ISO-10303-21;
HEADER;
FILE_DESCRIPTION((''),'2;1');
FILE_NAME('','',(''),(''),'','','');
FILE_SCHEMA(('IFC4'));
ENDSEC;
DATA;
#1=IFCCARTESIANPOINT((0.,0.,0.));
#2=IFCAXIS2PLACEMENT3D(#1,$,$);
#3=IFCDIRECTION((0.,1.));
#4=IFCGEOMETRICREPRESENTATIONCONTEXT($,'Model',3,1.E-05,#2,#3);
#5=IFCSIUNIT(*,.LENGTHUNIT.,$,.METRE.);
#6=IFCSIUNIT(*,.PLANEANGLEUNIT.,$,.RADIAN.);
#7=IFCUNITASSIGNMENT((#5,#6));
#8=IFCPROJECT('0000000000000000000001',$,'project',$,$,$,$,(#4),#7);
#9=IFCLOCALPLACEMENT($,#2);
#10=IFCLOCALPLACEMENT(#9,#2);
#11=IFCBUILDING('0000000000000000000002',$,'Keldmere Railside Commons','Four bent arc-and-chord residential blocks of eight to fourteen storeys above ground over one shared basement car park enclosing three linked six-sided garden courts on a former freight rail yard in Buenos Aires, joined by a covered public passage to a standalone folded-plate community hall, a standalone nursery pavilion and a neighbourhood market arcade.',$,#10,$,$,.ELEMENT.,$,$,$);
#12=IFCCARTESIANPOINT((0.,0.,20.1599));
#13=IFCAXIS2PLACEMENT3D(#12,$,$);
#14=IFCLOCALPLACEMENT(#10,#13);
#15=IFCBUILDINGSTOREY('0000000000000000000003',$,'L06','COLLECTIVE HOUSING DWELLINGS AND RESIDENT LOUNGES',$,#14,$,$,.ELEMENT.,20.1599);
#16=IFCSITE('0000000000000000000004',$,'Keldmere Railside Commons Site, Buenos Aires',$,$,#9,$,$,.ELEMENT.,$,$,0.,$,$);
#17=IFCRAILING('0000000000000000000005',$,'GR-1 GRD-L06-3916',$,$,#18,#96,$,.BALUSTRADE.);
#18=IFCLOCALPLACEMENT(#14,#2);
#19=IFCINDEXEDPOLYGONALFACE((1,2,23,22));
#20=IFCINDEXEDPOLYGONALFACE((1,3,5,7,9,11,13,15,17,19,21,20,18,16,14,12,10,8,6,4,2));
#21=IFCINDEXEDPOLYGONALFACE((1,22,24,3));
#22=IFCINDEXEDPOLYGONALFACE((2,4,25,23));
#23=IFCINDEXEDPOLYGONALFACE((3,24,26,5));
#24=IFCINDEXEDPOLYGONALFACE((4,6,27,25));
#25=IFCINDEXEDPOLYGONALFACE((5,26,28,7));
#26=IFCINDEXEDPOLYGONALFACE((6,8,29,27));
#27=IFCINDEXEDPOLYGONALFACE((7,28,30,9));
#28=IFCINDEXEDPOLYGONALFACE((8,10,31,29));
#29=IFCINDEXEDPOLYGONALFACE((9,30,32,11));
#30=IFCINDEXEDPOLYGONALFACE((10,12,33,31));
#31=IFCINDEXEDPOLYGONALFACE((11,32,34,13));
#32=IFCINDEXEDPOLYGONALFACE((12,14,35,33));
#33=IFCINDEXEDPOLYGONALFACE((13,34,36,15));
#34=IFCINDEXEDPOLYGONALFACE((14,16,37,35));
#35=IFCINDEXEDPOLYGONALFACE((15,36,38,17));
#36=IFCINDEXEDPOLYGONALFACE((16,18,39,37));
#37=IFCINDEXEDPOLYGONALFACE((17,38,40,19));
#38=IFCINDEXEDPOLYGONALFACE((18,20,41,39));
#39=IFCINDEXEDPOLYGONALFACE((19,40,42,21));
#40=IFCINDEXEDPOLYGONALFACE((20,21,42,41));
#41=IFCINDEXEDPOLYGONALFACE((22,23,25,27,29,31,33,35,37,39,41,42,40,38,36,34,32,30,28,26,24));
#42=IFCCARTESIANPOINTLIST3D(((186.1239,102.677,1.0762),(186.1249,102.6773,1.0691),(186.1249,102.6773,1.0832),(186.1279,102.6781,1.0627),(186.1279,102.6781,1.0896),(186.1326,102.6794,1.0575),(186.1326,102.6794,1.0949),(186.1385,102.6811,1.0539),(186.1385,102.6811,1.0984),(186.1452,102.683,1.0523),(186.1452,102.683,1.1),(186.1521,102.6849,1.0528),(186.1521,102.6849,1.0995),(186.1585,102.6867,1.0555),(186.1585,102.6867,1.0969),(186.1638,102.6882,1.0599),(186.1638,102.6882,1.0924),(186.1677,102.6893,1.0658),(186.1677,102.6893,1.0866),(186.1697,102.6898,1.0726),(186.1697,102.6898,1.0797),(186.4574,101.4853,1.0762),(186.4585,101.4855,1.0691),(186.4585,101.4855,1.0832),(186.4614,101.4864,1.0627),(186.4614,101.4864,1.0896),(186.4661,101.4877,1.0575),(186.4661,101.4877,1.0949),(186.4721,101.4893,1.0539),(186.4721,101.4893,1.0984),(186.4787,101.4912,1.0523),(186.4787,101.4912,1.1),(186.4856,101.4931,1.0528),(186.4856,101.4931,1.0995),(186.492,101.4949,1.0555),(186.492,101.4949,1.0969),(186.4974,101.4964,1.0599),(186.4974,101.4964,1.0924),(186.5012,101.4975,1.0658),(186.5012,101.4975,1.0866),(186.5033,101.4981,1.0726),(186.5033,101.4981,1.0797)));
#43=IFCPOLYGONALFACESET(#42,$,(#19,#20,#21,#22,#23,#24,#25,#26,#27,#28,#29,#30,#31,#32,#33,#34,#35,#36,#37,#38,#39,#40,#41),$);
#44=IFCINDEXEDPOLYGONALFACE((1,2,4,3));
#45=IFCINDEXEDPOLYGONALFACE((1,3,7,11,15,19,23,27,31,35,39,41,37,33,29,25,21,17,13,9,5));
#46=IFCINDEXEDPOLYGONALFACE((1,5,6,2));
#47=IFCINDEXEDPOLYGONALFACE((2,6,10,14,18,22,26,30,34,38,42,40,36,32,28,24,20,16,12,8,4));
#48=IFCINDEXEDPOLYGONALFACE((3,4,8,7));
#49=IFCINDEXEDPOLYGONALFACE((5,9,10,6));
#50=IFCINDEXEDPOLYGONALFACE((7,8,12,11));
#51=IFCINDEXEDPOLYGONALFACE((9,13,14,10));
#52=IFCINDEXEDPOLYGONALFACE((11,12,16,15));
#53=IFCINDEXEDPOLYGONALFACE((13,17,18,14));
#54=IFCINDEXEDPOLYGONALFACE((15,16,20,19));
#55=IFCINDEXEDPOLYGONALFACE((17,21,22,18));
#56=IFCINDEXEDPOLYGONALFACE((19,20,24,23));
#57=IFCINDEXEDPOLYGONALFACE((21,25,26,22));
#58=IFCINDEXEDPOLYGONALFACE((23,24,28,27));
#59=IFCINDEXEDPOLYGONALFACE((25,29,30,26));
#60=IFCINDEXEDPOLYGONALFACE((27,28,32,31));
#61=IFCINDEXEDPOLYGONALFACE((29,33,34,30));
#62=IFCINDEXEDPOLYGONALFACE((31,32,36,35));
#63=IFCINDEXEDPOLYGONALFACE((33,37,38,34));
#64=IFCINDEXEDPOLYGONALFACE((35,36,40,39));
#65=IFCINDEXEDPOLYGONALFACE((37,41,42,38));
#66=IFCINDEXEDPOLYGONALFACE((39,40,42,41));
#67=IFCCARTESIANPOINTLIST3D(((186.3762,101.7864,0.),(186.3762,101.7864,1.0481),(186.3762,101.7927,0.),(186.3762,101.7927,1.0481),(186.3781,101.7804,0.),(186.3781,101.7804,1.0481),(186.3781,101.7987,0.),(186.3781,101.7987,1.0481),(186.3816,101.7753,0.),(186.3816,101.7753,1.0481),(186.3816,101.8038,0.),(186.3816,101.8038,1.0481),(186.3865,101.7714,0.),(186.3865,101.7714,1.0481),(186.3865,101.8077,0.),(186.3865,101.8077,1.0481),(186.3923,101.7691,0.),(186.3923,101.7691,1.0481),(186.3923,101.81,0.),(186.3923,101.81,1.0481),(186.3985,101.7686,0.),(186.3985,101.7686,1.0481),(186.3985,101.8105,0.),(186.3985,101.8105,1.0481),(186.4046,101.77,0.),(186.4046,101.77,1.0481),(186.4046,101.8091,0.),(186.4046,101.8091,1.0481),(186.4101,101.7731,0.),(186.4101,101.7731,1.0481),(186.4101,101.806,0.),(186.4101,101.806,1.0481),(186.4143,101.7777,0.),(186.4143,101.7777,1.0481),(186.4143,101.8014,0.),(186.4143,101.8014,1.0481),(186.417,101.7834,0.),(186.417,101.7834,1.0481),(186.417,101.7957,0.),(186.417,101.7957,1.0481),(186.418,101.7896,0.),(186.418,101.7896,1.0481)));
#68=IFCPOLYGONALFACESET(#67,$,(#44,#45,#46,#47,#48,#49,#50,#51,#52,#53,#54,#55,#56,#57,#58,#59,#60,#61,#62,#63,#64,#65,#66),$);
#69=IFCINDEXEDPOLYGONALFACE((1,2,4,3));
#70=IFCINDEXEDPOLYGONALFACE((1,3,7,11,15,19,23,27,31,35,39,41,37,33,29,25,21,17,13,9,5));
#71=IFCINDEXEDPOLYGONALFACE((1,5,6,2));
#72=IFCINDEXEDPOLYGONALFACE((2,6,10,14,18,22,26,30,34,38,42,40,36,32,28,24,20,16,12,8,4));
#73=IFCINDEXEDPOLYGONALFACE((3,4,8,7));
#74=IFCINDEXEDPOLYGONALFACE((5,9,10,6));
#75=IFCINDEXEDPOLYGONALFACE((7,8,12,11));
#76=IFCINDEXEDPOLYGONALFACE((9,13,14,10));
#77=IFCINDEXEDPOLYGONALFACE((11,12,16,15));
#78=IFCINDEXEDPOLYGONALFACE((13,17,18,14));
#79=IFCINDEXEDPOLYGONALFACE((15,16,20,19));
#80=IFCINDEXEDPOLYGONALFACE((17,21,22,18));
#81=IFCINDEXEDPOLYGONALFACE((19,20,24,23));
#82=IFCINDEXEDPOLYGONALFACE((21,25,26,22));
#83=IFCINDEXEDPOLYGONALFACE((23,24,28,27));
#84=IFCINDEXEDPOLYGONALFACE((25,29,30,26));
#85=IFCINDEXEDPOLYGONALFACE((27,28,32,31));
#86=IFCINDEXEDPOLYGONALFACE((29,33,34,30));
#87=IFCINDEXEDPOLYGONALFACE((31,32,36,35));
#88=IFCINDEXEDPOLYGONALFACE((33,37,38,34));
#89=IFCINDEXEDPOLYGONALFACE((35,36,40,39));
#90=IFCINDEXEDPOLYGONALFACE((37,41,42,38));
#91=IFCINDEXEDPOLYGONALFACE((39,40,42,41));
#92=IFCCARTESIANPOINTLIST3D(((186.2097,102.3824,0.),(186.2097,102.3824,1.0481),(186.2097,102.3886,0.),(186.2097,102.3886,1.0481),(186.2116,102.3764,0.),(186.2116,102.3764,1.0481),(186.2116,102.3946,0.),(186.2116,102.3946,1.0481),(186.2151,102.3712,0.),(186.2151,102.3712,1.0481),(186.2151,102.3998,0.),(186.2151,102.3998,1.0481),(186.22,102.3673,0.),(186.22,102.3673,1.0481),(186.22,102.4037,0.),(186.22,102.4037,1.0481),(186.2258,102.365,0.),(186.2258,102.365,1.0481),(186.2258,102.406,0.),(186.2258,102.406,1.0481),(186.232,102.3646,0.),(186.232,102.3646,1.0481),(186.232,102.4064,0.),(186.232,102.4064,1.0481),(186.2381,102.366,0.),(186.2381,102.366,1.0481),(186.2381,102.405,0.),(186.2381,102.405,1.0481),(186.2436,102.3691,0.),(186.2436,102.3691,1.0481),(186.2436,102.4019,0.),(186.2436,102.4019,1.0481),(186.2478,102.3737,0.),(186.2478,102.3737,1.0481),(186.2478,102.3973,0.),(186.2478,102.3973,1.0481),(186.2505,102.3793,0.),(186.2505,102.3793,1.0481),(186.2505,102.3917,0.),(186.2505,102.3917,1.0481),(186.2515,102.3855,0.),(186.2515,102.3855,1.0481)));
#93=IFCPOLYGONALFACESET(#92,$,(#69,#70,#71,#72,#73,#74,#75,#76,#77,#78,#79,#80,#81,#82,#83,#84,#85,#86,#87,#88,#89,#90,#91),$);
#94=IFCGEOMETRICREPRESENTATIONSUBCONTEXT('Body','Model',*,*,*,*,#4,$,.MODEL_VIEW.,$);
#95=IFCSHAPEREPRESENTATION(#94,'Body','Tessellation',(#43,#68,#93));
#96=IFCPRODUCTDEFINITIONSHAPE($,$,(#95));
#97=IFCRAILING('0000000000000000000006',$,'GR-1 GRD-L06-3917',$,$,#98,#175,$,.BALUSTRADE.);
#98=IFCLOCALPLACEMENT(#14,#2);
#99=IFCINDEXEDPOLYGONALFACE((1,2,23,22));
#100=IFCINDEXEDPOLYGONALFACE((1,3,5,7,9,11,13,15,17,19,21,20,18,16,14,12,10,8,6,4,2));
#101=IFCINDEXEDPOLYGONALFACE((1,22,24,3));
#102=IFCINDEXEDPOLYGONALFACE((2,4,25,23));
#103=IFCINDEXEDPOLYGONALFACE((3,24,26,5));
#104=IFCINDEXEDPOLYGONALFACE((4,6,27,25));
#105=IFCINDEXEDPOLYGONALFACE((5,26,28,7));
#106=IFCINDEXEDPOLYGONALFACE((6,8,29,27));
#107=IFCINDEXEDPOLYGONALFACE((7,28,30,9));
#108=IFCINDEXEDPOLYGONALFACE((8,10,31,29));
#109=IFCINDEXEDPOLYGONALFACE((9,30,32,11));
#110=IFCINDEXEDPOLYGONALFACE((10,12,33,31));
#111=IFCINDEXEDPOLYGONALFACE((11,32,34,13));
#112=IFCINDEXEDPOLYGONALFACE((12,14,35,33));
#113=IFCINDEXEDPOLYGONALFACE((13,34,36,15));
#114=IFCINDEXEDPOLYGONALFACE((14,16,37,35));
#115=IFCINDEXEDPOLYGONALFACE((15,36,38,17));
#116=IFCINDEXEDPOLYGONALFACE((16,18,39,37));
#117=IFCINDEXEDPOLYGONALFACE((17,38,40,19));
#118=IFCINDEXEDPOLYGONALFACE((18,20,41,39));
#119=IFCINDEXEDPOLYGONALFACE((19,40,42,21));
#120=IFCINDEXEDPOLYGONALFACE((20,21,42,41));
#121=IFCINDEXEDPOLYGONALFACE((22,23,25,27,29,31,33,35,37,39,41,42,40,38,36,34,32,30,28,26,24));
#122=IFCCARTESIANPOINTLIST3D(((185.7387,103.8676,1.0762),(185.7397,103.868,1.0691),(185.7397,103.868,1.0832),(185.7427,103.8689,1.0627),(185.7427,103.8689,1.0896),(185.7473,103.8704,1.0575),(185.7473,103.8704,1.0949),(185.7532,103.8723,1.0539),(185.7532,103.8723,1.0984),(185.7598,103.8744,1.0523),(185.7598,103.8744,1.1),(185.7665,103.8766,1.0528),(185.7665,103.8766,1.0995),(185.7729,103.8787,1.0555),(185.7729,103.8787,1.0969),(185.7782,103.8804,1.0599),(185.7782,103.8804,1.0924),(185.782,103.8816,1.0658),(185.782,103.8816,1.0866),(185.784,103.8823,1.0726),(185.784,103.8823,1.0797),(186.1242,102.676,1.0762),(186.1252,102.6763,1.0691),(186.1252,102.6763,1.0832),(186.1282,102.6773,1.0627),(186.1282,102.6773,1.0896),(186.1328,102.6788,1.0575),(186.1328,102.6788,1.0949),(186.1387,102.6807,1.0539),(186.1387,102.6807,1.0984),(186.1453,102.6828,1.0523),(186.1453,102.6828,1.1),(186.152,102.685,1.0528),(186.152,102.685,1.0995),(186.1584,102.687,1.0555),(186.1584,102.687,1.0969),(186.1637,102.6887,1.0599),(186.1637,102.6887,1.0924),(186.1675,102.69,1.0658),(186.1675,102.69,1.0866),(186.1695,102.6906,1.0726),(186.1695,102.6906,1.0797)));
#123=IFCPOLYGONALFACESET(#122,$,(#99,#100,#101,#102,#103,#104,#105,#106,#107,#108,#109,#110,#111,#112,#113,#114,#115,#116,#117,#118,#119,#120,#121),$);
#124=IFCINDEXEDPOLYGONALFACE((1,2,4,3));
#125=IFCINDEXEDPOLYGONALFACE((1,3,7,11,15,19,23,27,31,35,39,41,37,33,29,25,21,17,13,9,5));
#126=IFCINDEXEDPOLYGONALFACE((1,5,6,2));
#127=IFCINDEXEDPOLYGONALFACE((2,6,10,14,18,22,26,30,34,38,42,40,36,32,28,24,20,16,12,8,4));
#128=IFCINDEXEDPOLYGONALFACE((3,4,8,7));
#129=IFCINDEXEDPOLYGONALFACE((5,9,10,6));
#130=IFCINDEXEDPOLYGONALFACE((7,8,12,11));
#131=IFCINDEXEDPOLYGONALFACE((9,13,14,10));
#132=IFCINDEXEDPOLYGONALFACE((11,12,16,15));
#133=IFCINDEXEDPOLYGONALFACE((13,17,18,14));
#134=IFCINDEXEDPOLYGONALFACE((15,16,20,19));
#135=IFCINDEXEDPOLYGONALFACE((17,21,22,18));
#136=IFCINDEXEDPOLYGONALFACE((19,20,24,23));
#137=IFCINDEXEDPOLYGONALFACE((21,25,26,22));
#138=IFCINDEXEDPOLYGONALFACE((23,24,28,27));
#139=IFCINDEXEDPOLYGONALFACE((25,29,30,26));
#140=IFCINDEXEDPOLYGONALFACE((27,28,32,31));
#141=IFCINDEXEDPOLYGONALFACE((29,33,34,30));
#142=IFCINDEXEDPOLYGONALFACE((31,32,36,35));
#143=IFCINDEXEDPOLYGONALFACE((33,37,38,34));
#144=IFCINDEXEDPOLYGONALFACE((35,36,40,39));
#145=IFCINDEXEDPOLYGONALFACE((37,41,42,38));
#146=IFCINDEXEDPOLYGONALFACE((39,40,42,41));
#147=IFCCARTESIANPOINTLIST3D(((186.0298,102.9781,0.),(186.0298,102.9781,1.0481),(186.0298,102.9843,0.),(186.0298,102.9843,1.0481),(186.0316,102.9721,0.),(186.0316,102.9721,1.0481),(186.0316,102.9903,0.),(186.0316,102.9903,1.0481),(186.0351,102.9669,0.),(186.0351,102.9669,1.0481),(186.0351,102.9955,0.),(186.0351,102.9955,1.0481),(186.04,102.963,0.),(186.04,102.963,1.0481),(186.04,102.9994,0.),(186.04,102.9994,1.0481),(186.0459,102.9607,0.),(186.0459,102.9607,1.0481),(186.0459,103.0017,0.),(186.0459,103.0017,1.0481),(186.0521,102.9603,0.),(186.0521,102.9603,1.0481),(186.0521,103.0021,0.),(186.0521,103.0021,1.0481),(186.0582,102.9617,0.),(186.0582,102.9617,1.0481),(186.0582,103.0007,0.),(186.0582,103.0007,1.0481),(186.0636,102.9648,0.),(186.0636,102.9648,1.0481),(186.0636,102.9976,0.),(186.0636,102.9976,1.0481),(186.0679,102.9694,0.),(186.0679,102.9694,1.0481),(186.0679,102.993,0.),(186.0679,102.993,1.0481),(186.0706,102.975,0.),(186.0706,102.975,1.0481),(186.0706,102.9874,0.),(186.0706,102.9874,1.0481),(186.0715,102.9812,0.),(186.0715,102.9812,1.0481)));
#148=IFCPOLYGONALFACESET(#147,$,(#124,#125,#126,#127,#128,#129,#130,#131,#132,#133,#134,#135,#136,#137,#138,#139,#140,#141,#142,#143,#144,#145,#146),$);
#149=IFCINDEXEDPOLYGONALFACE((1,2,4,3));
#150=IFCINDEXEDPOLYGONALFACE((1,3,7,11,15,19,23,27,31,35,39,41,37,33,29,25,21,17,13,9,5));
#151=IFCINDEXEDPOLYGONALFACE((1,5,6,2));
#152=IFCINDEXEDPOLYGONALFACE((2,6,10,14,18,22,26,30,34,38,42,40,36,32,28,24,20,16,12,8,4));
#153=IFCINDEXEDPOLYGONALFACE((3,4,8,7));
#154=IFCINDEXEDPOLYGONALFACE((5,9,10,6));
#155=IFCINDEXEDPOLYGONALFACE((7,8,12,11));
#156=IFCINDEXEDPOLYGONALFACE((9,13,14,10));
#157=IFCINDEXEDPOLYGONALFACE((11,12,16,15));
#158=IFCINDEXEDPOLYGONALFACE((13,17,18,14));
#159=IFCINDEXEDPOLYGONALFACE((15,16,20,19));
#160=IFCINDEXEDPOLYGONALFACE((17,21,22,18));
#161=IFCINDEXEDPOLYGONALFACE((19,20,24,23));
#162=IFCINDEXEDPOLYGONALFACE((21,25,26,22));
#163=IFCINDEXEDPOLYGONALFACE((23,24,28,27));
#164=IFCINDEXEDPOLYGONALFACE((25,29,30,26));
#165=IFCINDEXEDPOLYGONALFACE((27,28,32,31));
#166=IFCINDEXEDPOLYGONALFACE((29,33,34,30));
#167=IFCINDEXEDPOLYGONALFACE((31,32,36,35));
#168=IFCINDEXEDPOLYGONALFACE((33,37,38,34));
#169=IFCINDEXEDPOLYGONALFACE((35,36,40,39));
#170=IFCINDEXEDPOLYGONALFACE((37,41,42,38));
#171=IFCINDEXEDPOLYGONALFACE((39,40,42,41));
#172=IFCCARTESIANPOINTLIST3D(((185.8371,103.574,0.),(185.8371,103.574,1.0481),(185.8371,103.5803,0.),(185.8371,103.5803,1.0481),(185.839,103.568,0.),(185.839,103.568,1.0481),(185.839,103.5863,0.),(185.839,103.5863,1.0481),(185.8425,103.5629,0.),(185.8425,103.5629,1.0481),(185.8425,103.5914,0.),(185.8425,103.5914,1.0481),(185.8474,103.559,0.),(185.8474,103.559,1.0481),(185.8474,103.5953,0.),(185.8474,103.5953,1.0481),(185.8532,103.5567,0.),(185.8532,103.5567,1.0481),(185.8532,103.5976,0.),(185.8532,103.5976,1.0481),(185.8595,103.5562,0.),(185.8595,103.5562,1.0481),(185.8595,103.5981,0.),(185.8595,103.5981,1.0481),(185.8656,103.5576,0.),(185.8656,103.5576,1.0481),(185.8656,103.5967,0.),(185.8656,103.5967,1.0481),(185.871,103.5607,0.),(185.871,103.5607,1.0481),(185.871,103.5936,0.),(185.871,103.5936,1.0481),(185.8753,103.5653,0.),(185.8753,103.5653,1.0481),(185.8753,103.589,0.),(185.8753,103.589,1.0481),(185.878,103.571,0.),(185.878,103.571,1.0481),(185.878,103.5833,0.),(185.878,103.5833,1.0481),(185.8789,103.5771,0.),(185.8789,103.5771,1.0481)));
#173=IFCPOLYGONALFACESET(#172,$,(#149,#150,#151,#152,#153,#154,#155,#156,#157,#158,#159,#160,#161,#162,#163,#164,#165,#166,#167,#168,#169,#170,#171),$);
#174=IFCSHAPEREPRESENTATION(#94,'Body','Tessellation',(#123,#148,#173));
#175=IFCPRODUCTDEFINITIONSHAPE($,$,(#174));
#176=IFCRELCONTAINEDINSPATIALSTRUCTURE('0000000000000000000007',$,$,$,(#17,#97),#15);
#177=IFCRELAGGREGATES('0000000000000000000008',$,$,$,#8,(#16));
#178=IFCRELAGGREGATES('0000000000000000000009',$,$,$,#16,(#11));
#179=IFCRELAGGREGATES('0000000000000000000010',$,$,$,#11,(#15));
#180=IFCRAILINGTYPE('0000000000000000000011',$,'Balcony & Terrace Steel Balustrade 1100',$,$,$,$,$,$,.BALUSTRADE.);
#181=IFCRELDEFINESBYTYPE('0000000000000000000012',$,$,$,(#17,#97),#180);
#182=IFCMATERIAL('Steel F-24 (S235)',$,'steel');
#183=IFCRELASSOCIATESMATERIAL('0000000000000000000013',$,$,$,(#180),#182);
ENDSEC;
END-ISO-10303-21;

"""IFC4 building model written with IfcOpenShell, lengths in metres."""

from ifc_helpers import new_model, si_unit, direction, frame, origin, origin_2d, place, context, subcontext, project, spatial, circle, extrude, material, type_object, element, save


model = new_model("IFC4")

# Units and contexts
model_context = context("Model", 3, precision=1e-05, world=origin(), true_north=direction((0.0, 1.0)))
body_context = subcontext(model_context, "Body", "Model", "MODEL_VIEW")
ifc_project = project(units=[si_unit("LENGTHUNIT", "METRE"), si_unit("PLANEANGLEUNIT", "RADIAN")], contexts=[model_context])

# Site, building, storey
site_placement = place(None, origin())
site = spatial("IfcSite", under=ifc_project, at=site_placement, Name="Keldmere Railside Commons Site, Buenos Aires", CompositionType="ELEMENT", RefElevation=0.0)
building_placement = place(site_placement, origin())
building = spatial("IfcBuilding", under=site, at=building_placement, Name="Keldmere Railside Commons", Description="Four bent arc-and-chord residential blocks of eight to fourteen storeys above ground over one shared basement car park enclosing three linked six-sided garden courts on a former freight rail yard in Buenos Aires, joined by a covered public passage to a standalone folded-plate community hall, a standalone nursery pavilion and a neighbourhood market arcade.", CompositionType="ELEMENT")
storey_placement = place(building_placement, frame((0.0, 0.0, 20.1599)))
storey = spatial("IfcBuildingStorey", under=building, at=storey_placement, Name="L06", Description="COLLECTIVE HOUSING DWELLINGS AND RESIDENT LOUNGES", CompositionType="ELEMENT", Elevation=20.1599)

# Railings
ifc_material_1 = material(Name="Steel F-24 (S235)", Category="steel")
railing_type = type_object("IfcRailingType", Name="Balcony & Terrace Steel Balustrade 1100", PredefinedType="BALUSTRADE", material=ifc_material_1)
railing_1_placement = place(storey_placement, frame((186.4805, 101.4917, 0.0)))
element("IfcRailing", 1, at=railing_1_placement, inside=storey, type_object=railing_type, Name="GR-1 GRD-L06-3916", PredefinedType="BALUSTRADE", context=body_context, shape_type="SweptSolid", body=[
    extrude(circle(Radius=0.0239, at=origin_2d()), frame((0.0, 0.0, 1.0762), z_axis=(-0.269506, 0.962999, 0.0), x_axis=(-0.962999, -0.269506, 0.0)), (0.0, 0.0, 1.0), 1.2375),
    extrude(circle(Radius=0.021, at=origin_2d()), frame((-0.0835, 0.2979, 0.0)), (0.0, 0.0, 1.0), 1.0481),
    extrude(circle(Radius=0.021, at=origin_2d()), frame((-0.25, 0.8938, 0.0)), (0.0, 0.0, 1.0), 1.0481),
])
railing_2_placement = place(storey_placement, frame((186.147, 102.6833, 0.0)))
element("IfcRailing", 2, at=railing_2_placement, inside=storey, type_object=railing_type, Name="GR-1 GRD-L06-3917", PredefinedType="BALUSTRADE", context=body_context, shape_type="SweptSolid", body=[
    extrude(circle(Radius=0.0239, at=origin_2d()), frame((0.0, 0.0, 1.0762), z_axis=(-0.307794, 0.951453, 0.0), x_axis=(-0.951453, -0.307794, 0.0)), (0.0, 0.0, 1.0), 1.2524),
    extrude(circle(Radius=0.021, at=origin_2d()), frame((-0.0964, 0.2979, 0.0)), (0.0, 0.0, 1.0), 1.0481),
    extrude(circle(Radius=0.021, at=origin_2d()), frame((-0.2891, 0.8938, 0.0)), (0.0, 0.0, 1.0), 1.0481),
])

save(model, "model.ifc")
